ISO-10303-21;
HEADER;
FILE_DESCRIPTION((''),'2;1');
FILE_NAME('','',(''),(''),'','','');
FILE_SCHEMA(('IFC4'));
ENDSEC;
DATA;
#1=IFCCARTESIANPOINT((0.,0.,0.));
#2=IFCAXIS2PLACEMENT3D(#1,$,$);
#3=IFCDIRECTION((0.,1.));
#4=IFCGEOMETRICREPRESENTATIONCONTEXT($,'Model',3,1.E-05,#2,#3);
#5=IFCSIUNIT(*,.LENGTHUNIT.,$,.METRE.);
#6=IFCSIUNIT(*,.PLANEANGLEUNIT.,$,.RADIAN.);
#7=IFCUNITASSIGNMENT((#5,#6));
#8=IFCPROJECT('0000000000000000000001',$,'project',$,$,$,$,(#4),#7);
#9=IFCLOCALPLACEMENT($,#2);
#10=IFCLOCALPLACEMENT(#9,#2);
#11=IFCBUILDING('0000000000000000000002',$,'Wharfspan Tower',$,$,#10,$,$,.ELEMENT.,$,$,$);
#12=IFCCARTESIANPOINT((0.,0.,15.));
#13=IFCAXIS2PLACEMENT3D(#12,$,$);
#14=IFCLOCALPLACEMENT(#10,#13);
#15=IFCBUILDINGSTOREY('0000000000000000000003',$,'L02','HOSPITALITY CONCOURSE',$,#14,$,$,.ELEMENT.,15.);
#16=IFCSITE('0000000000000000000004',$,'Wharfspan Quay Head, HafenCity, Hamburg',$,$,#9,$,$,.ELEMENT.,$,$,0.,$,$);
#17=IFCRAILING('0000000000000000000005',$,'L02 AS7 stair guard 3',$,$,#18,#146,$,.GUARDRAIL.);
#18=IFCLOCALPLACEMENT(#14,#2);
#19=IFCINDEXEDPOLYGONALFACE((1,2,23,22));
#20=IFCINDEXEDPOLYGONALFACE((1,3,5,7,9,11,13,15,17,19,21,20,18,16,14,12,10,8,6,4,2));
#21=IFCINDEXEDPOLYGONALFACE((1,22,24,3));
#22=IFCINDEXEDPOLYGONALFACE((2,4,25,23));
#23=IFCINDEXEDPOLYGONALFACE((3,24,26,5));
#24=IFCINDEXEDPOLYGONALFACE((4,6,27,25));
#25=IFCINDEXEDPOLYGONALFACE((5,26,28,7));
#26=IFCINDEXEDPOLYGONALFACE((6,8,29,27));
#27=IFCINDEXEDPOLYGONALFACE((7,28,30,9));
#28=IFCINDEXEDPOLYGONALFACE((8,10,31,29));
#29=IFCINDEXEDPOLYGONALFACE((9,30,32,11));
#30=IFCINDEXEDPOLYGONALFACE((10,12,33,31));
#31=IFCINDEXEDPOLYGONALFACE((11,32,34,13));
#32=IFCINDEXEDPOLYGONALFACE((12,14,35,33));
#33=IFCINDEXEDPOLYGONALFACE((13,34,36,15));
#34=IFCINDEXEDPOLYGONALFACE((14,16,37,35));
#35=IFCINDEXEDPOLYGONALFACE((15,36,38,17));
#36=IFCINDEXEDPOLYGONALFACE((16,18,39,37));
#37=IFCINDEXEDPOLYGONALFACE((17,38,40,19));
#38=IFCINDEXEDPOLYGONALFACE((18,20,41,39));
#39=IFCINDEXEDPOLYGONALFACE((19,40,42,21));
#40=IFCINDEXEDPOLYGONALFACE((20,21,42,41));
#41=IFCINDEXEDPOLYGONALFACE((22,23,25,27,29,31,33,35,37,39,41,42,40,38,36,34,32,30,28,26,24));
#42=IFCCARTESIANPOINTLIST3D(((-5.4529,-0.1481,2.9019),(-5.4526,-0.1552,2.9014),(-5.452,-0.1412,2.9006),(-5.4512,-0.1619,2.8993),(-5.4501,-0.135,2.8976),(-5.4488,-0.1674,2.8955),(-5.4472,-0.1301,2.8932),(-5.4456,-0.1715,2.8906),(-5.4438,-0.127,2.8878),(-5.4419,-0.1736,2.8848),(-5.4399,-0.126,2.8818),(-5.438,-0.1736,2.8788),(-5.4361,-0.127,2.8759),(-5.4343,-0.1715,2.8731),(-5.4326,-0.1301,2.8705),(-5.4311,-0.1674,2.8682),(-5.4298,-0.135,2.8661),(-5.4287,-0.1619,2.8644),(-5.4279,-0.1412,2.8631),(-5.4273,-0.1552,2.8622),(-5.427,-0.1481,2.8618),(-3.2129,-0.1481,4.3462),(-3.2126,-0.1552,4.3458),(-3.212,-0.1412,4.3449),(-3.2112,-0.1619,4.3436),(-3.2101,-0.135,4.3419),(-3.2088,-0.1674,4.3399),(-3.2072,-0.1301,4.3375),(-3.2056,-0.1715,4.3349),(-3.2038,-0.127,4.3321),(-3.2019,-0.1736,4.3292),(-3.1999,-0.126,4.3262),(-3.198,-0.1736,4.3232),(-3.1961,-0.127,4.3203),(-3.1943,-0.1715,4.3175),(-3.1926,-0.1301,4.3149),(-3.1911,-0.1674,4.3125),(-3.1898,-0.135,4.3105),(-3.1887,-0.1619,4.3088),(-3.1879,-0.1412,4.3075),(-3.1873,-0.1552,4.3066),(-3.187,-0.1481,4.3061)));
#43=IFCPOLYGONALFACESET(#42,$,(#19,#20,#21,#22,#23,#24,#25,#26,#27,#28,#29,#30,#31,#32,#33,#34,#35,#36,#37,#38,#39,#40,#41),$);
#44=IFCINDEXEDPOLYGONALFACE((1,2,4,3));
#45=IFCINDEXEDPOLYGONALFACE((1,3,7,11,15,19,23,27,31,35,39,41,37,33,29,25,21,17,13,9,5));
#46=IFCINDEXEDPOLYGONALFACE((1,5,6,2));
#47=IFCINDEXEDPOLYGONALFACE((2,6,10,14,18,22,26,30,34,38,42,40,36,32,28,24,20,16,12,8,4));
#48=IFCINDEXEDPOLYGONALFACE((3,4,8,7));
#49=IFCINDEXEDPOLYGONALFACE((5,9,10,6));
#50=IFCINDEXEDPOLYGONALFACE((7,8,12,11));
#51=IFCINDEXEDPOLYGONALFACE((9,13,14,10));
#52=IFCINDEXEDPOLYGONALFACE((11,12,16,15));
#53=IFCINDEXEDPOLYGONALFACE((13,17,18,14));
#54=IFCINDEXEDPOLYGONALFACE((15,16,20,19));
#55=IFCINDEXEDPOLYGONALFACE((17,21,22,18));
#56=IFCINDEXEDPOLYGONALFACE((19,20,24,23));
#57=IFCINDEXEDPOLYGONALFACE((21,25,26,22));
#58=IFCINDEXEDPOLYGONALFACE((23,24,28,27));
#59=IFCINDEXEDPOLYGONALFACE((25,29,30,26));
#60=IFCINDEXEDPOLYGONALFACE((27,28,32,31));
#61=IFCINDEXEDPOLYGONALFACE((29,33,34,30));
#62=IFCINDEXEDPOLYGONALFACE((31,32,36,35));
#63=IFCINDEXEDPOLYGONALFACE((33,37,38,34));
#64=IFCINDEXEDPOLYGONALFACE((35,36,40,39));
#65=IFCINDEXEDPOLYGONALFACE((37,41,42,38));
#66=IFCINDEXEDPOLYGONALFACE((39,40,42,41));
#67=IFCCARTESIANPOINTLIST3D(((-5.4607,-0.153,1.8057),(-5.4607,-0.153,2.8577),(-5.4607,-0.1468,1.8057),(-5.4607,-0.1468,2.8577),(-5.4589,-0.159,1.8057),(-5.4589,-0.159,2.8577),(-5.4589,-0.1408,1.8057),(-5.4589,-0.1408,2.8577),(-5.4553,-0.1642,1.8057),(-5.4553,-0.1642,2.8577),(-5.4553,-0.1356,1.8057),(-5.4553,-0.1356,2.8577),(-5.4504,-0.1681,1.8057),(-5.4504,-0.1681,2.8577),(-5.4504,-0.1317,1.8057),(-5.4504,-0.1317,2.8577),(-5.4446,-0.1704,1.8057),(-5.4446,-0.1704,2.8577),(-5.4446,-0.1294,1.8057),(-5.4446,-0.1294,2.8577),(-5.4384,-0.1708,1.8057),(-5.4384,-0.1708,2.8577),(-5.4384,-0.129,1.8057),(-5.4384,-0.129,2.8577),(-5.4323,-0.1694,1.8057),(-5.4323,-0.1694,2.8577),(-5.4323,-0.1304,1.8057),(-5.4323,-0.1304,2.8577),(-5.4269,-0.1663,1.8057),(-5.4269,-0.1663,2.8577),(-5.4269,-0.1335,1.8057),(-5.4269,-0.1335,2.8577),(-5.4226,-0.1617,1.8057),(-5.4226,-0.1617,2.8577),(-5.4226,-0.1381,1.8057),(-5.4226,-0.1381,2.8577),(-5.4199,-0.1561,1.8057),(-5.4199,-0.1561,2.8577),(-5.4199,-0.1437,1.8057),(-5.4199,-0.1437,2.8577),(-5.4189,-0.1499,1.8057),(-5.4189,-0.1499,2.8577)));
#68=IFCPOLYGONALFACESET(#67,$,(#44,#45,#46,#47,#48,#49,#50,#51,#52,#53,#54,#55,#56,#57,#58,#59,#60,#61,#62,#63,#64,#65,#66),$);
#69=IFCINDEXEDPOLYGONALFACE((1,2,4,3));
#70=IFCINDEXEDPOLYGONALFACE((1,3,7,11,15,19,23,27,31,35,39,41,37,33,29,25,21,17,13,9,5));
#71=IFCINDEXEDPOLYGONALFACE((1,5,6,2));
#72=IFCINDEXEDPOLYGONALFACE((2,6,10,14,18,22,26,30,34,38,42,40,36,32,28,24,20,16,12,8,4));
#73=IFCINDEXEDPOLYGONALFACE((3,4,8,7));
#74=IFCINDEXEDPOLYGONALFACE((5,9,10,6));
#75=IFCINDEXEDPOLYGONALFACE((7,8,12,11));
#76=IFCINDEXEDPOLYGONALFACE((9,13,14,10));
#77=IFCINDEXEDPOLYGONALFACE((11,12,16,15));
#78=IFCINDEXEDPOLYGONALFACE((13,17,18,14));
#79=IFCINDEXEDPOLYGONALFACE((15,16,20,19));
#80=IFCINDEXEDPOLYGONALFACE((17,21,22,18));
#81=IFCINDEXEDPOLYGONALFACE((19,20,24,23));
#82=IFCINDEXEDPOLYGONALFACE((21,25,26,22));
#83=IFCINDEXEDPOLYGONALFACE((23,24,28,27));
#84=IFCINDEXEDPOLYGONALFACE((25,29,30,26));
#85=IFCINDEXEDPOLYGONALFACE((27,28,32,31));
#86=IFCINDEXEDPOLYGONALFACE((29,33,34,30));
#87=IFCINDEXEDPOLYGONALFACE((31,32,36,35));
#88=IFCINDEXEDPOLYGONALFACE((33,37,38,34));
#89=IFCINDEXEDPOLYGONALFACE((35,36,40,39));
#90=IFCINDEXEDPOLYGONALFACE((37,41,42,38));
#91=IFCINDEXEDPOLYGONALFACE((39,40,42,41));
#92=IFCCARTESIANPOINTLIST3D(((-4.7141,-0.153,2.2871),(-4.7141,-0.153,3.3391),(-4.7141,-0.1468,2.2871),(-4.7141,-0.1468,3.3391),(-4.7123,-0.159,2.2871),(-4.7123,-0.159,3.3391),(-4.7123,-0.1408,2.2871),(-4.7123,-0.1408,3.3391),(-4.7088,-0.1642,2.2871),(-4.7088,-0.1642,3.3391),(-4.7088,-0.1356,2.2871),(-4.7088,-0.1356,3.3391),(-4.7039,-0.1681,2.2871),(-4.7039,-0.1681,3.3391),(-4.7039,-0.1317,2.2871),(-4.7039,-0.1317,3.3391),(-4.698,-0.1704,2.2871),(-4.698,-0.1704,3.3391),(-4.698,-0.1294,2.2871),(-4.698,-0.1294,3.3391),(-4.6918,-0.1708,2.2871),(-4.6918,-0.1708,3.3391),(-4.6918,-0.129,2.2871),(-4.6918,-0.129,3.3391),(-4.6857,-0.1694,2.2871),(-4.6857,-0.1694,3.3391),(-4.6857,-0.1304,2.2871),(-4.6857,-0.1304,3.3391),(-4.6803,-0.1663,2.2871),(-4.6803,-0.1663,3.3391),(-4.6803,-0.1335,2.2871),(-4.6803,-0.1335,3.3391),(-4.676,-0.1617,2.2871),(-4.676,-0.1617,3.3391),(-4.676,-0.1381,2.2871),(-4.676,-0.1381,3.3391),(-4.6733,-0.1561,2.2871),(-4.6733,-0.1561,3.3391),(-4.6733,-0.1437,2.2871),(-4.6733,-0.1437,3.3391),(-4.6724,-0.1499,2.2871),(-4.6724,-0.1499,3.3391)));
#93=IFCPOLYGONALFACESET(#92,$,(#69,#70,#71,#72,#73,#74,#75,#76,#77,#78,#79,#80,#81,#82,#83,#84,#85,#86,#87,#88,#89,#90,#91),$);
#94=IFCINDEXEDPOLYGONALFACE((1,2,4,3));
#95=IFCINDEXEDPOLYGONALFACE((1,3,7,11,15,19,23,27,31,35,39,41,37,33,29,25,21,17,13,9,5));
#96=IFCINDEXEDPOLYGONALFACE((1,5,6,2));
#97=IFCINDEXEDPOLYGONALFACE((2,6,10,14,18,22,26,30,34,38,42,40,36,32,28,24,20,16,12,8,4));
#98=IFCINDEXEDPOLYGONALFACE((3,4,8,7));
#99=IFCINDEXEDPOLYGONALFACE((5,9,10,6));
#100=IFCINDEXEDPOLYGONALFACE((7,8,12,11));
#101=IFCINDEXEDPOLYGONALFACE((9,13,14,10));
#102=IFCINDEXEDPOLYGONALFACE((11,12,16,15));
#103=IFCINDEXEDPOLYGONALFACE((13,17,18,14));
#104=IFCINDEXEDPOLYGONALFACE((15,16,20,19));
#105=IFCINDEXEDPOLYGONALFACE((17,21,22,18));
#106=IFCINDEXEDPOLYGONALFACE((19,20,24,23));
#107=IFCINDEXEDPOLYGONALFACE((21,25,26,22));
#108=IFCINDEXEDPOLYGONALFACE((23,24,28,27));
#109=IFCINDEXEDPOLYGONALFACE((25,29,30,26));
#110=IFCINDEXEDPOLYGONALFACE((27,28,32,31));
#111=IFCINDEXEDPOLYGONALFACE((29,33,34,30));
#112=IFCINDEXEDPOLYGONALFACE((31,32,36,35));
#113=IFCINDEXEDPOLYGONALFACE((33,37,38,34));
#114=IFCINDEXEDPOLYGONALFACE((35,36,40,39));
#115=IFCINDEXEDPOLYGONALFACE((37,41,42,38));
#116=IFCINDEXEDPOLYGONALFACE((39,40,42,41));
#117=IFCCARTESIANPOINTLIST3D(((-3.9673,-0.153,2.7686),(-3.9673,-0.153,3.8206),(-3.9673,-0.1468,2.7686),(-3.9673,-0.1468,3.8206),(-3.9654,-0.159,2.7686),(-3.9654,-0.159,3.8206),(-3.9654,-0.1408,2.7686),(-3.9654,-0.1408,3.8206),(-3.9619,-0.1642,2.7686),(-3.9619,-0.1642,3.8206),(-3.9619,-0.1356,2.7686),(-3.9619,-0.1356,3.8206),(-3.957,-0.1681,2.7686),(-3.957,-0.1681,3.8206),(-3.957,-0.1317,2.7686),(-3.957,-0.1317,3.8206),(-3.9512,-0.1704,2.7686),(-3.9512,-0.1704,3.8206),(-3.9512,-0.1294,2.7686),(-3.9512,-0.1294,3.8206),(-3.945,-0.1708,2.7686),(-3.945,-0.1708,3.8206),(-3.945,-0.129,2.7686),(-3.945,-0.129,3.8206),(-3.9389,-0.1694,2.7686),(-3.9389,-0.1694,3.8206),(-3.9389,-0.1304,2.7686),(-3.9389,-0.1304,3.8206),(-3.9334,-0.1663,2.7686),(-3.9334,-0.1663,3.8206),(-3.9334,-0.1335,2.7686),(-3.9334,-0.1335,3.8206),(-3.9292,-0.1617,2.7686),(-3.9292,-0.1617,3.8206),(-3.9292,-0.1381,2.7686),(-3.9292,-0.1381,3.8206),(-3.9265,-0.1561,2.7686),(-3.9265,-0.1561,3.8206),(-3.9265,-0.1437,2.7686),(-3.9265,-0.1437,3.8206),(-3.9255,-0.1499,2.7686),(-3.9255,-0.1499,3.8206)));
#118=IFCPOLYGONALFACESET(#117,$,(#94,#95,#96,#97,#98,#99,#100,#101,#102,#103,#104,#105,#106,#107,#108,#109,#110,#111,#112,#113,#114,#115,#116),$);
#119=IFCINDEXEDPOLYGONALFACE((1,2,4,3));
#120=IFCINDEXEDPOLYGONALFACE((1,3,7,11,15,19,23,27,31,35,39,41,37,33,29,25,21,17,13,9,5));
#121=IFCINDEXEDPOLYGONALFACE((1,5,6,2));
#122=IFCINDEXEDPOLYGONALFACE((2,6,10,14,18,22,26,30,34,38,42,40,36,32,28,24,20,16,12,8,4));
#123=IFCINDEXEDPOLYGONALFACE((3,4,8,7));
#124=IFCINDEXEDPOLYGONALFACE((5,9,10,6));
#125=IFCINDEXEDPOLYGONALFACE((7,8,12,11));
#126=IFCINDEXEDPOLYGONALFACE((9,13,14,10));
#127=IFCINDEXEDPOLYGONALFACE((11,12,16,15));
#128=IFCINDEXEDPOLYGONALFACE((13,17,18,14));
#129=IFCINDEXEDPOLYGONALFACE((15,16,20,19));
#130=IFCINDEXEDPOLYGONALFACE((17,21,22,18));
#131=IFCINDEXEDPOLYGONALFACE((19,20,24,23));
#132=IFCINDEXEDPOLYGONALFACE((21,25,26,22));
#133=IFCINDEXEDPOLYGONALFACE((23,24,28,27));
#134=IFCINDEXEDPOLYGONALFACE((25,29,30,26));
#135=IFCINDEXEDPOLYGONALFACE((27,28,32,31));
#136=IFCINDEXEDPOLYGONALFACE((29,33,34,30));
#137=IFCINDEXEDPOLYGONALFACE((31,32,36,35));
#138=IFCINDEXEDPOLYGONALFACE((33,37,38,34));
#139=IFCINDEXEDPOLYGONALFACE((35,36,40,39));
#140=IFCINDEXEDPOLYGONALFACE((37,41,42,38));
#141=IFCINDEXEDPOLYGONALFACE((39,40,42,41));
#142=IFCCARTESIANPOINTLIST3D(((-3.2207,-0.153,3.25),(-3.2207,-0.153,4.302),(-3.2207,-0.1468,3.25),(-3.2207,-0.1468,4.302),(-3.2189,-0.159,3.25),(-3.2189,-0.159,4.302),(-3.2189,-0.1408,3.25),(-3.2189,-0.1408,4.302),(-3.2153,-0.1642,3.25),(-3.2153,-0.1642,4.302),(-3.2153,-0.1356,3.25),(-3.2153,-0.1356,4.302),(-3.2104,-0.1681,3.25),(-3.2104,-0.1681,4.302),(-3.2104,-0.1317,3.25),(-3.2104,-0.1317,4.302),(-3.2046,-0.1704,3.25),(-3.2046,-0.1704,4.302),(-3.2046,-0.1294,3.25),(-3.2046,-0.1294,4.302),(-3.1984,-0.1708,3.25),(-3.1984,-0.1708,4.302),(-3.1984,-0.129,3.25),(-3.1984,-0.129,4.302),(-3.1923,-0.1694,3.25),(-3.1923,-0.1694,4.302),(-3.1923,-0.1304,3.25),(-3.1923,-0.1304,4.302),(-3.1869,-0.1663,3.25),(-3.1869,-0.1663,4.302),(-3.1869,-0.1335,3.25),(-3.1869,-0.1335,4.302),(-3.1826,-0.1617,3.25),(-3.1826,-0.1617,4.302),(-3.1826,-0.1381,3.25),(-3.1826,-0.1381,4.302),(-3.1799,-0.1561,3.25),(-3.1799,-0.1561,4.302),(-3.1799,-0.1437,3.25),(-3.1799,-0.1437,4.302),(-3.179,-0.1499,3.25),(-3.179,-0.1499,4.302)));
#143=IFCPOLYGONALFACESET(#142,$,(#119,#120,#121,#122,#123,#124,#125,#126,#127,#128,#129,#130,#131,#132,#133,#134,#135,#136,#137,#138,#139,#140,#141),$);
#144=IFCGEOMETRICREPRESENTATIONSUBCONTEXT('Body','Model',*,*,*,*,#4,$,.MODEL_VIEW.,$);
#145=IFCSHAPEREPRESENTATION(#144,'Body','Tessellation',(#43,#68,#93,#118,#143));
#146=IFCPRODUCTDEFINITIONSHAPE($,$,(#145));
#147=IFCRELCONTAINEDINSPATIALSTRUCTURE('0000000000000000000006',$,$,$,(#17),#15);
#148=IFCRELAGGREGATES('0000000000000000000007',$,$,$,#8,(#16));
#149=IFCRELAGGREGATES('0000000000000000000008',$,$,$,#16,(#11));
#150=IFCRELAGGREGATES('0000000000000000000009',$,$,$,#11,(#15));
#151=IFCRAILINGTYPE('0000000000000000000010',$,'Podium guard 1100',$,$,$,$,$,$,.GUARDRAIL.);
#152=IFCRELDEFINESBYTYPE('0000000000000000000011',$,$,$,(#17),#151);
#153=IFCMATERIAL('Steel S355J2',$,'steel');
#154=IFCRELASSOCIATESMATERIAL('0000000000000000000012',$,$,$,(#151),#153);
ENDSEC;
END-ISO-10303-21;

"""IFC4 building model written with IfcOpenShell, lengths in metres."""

from ifc_helpers import new_model, si_unit, direction, frame, origin, origin_2d, place, context, subcontext, project, spatial, circle, extrude, material, type_object, element, save


model = new_model("IFC4")

# Units and contexts
model_context = context("Model", 3, precision=1e-05, world=origin(), true_north=direction((0.0, 1.0)))
body_context = subcontext(model_context, "Body", "Model", "MODEL_VIEW")
ifc_project = project(units=[si_unit("LENGTHUNIT", "METRE"), si_unit("PLANEANGLEUNIT", "RADIAN")], contexts=[model_context])

# Site, building, storey
site_placement = place(None, origin())
site = spatial("IfcSite", under=ifc_project, at=site_placement, Name="Wharfspan Quay Head, HafenCity, Hamburg", CompositionType="ELEMENT", RefElevation=0.0)
building_placement = place(site_placement, origin())
building = spatial("IfcBuilding", under=site, at=building_placement, Name="Wharfspan Tower", CompositionType="ELEMENT")
storey_placement = place(building_placement, frame((0.0, 0.0, 15.0)))
storey = spatial("IfcBuildingStorey", under=building, at=storey_placement, Name="L02", Description="HOSPITALITY CONCOURSE", CompositionType="ELEMENT", Elevation=15.0)

# Railing
ifc_material_1 = material(Name="Steel S355J2", Category="steel")
railing_type_1 = type_object("IfcRailingType", Name="Podium guard 1100", PredefinedType="GUARDRAIL", material=ifc_material_1)
railing_1_placement = place(storey_placement, frame((-5.4399, -0.1499, 1.8057)))
element("IfcRailing", 1, at=railing_1_placement, inside=storey, type_object=railing_type_1, Name="L02 AS7 stair guard 3", PredefinedType="GUARDRAIL", context=body_context, shape_type="SweptSolid", body=[
    extrude(circle(Radius=0.0239, at=origin_2d()), frame((0.0, 0.0, 1.0762), z_axis=(0.840437, 0.0, 0.54191), x_axis=(0.0, 1.0, 0.0)), (0.0, 0.0, 1.0), 2.6653),
    extrude(circle(Radius=0.021, at=origin_2d()), origin(), (0.0, 0.0, 1.0), 1.052),
    extrude(circle(Radius=0.021, at=origin_2d()), frame((0.7466, 0.0, 0.4814)), (0.0, 0.0, 1.0), 1.052),
    extrude(circle(Radius=0.021, at=origin_2d()), frame((1.4934, 0.0, 0.9629)), (0.0, 0.0, 1.0), 1.052),
    extrude(circle(Radius=0.021, at=origin_2d()), frame((2.24, 0.0, 1.4443)), (0.0, 0.0, 1.0), 1.052),
])

save(model, "model.ifc")
